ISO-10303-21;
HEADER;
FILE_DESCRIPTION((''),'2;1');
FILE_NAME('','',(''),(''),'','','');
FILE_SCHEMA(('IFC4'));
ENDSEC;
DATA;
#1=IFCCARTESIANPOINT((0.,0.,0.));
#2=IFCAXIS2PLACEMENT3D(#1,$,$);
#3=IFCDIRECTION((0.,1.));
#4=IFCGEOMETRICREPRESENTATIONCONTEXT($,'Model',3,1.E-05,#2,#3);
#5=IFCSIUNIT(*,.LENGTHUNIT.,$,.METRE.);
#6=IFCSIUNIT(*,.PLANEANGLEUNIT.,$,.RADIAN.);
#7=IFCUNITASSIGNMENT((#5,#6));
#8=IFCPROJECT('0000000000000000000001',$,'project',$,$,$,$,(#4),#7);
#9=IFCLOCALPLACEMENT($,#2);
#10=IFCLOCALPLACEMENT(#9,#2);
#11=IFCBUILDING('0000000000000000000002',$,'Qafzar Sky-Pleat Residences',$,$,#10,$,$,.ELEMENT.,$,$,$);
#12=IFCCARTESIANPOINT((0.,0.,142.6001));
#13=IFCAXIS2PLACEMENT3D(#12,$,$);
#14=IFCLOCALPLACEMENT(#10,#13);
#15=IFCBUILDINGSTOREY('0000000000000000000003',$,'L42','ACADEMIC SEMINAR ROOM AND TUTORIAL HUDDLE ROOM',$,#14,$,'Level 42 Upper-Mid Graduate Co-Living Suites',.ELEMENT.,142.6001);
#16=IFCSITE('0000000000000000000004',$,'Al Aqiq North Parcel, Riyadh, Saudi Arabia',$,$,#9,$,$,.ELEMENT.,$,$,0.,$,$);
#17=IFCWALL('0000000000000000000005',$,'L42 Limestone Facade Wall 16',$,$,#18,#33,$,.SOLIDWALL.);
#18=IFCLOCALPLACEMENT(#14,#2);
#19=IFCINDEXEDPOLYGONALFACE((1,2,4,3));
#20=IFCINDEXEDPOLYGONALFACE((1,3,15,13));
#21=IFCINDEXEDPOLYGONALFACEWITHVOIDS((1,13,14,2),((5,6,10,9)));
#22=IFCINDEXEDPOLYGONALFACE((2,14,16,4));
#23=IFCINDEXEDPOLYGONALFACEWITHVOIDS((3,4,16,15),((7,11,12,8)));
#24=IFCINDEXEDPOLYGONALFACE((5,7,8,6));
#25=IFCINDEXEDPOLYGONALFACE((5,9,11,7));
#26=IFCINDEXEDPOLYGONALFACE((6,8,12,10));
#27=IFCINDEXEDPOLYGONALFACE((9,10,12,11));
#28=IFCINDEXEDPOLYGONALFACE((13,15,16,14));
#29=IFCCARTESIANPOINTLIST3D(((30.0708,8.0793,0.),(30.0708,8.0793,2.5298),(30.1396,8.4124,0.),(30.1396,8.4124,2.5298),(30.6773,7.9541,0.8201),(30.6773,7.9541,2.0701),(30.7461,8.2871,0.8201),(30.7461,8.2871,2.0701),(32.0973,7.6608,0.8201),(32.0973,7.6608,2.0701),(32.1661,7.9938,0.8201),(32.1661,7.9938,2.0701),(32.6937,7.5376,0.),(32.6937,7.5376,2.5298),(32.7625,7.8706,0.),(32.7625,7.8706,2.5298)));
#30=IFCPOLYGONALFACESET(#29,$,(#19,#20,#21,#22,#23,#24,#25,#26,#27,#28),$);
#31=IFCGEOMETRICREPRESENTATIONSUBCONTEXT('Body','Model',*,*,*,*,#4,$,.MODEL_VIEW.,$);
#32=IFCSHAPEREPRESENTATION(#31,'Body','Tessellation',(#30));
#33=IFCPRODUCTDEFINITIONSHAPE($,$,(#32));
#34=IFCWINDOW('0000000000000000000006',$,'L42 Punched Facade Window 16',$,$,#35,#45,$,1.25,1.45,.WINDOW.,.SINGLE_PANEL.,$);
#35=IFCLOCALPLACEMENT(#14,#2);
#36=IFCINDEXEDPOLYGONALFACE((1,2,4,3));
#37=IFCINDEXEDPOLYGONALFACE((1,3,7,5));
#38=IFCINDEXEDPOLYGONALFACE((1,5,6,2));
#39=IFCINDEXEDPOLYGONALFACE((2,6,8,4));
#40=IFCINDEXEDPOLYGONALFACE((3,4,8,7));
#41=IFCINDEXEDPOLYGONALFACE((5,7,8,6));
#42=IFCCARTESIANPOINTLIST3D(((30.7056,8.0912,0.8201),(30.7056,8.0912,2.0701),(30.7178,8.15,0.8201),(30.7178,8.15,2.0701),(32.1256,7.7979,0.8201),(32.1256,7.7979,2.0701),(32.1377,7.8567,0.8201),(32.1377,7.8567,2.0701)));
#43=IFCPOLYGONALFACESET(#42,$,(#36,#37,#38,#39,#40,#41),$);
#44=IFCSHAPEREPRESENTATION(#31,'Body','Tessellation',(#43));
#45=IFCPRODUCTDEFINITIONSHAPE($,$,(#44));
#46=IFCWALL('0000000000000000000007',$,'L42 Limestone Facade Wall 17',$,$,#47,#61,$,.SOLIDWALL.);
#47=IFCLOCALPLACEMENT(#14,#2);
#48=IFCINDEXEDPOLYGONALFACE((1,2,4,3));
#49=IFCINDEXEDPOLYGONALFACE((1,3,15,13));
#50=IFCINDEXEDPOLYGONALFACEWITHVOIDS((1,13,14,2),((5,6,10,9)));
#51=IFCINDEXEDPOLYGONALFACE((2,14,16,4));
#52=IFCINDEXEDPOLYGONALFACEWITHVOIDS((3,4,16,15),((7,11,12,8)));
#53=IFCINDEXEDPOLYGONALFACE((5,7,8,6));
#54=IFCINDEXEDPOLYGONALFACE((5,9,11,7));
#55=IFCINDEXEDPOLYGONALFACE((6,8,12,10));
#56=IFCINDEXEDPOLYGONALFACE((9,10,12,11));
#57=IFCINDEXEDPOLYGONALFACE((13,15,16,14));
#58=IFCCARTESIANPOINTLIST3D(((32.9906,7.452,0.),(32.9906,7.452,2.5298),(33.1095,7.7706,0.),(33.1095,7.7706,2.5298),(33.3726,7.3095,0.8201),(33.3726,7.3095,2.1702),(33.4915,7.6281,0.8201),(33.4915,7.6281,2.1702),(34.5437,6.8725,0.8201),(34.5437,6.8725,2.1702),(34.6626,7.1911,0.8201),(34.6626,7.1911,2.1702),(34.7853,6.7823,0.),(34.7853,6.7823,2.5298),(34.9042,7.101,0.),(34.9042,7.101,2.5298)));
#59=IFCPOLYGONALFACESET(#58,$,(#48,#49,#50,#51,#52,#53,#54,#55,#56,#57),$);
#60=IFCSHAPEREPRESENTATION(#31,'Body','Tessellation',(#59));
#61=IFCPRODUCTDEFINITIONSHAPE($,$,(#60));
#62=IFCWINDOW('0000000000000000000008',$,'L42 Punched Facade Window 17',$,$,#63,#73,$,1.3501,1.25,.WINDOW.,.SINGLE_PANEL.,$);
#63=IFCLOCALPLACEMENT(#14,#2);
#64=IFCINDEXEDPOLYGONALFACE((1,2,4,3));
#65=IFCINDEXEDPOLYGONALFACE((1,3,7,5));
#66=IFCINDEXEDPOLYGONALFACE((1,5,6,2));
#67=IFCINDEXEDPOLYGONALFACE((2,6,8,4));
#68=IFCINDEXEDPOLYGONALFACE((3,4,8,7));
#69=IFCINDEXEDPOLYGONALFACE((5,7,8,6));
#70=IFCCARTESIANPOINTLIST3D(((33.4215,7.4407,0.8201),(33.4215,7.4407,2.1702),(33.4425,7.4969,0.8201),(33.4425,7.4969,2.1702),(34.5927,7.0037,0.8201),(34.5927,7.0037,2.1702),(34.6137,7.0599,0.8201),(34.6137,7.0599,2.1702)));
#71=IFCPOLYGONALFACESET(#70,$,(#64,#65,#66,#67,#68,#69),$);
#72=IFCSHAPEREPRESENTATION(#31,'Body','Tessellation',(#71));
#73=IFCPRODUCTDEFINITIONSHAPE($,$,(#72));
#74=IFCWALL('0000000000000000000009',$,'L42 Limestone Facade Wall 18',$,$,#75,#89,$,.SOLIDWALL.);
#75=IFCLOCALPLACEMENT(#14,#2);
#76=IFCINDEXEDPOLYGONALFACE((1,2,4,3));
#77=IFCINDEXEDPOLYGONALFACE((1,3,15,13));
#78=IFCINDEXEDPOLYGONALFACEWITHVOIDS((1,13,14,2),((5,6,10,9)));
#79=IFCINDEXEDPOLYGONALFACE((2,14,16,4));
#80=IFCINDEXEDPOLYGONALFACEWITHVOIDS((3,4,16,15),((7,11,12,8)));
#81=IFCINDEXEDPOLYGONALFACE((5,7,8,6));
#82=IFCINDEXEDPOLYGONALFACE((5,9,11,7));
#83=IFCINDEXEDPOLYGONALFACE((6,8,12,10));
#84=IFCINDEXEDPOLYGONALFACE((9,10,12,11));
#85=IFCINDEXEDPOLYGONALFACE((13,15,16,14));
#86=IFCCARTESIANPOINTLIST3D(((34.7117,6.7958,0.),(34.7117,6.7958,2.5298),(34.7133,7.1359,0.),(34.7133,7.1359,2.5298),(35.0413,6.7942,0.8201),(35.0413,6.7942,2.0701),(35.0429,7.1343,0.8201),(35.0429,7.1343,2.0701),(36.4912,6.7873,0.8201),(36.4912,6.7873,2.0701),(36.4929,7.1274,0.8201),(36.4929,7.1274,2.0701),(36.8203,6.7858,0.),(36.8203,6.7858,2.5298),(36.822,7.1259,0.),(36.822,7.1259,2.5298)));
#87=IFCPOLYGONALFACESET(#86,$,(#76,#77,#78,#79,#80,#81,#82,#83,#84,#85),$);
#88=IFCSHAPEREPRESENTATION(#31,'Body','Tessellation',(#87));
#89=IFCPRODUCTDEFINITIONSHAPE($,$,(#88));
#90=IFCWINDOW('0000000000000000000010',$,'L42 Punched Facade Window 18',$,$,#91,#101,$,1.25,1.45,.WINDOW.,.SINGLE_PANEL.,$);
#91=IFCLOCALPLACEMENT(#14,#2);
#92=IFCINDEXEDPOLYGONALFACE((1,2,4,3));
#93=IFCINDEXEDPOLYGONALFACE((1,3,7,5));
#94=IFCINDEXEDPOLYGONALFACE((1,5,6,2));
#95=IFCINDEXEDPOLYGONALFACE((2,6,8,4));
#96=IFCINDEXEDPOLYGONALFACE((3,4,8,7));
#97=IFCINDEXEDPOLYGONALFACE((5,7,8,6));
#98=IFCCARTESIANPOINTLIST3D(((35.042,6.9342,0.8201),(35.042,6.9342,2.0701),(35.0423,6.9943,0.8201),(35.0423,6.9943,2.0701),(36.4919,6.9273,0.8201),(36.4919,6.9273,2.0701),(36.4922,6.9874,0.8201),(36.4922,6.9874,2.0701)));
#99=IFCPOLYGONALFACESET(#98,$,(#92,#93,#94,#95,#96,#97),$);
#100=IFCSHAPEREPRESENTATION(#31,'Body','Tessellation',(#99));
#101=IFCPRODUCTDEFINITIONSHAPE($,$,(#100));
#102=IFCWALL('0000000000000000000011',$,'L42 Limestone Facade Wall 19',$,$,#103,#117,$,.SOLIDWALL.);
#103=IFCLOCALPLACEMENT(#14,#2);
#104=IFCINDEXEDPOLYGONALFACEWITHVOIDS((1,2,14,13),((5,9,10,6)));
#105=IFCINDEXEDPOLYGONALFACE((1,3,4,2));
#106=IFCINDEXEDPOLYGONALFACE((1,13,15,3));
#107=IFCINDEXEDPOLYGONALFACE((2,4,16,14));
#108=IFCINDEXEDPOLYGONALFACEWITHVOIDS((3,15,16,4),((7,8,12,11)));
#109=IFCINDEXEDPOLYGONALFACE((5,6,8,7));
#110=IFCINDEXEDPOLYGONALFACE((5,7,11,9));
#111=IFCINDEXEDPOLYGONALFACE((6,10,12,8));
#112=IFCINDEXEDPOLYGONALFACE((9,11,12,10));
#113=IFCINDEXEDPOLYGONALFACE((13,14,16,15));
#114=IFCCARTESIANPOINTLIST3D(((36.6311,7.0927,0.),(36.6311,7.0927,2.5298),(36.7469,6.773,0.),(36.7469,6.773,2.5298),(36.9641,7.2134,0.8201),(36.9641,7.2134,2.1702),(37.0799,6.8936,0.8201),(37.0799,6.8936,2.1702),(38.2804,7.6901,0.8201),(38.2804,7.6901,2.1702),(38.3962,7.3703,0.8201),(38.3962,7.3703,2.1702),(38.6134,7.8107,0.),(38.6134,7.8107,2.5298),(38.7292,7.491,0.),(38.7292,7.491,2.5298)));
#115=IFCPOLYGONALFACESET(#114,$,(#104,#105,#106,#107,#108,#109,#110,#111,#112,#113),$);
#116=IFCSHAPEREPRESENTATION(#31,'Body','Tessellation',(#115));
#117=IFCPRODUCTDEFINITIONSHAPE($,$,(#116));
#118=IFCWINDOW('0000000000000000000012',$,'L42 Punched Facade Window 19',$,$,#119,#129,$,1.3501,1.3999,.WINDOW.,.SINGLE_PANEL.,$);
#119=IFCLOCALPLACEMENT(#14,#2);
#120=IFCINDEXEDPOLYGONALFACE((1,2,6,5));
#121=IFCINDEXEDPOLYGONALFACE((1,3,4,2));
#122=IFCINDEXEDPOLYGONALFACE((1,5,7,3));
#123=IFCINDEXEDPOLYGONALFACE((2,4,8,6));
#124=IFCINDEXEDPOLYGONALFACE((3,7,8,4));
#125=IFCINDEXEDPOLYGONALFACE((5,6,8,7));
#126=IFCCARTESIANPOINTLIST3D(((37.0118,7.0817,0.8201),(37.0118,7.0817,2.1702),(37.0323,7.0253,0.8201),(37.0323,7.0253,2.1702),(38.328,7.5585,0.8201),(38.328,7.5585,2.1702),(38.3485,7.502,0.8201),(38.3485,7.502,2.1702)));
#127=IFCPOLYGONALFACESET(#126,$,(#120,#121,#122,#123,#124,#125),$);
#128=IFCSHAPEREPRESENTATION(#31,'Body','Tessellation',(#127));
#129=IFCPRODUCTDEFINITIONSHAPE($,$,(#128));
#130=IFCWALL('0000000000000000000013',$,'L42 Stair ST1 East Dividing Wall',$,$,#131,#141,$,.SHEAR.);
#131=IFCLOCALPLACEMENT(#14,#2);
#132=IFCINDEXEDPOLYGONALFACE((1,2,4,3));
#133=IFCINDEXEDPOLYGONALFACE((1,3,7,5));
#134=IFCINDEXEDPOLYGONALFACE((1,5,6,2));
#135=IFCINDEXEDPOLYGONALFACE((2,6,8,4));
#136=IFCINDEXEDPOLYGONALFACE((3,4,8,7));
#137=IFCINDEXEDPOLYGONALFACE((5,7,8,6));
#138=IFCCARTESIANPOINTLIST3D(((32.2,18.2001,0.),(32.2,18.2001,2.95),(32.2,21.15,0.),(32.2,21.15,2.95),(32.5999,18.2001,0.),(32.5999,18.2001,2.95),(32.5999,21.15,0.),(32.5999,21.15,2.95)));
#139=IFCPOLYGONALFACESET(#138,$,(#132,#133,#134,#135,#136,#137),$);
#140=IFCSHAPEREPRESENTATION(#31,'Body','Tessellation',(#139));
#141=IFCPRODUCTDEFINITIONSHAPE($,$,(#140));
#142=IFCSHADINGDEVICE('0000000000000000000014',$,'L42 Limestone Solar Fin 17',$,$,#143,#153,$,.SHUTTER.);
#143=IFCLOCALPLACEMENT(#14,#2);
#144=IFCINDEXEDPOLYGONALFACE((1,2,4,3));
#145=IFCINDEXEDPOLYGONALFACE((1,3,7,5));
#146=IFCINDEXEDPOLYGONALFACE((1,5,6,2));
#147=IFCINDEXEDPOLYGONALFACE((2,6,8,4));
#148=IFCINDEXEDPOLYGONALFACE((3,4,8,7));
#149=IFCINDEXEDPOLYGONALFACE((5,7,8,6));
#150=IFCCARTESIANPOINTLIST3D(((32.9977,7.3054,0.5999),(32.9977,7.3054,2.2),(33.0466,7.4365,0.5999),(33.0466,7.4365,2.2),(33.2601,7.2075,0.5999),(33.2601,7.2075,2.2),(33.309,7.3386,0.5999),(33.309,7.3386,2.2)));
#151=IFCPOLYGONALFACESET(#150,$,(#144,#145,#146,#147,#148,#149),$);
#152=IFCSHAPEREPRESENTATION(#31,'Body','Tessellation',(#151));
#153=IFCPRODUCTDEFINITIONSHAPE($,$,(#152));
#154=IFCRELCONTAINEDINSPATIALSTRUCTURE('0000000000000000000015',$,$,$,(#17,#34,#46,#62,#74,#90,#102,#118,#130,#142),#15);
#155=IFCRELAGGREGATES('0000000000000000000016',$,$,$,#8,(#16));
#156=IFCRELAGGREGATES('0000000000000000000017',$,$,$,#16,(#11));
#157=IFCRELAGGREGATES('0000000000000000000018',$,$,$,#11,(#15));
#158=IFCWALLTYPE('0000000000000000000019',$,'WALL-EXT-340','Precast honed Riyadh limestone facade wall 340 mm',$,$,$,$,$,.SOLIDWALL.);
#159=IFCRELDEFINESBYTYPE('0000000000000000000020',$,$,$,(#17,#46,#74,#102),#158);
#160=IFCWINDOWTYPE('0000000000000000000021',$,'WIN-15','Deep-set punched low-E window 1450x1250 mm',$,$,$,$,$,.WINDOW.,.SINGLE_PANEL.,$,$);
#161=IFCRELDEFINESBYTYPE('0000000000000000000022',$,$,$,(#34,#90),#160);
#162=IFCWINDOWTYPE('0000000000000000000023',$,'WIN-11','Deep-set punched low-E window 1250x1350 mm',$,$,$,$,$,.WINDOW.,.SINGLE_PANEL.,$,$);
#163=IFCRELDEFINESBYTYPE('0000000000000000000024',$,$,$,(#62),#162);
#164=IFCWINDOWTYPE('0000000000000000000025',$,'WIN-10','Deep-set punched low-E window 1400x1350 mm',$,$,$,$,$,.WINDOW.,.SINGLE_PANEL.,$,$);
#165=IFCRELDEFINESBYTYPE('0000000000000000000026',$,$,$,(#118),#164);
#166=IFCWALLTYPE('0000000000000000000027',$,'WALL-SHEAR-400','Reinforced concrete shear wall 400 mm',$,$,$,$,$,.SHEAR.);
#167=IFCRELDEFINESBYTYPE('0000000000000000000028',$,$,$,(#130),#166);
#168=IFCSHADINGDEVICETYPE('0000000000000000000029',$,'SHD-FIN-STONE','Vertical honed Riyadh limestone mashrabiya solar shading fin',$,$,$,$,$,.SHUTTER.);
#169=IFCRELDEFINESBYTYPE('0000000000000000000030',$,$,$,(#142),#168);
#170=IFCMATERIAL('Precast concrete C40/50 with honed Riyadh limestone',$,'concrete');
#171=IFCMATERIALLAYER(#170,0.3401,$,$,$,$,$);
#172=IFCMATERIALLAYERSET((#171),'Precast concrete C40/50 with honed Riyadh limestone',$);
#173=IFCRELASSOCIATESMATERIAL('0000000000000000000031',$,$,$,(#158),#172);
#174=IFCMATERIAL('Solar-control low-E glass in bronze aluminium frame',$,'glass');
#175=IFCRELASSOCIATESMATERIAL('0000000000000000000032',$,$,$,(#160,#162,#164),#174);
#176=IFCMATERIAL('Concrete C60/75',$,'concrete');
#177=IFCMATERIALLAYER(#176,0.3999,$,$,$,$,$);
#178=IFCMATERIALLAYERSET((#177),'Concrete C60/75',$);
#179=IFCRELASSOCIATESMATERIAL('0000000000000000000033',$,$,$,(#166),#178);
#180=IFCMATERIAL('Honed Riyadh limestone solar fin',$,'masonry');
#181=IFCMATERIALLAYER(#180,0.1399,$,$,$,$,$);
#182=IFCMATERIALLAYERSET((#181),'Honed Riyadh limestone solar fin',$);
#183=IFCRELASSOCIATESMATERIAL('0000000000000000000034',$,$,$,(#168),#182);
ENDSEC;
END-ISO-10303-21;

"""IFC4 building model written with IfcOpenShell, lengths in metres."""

from ifc_helpers import new_model, si_unit, direction, frame, frame_2d, origin, origin_2d, place, context, subcontext, project, spatial, rectangle, extrude, source, transform, mapped, material, layer, layer_set, type_object, element, fill, save


model = new_model("IFC4")

# Units and contexts
model_context = context("Model", 3, precision=1e-05, world=origin(), true_north=direction((0.0, 1.0)))
body_context = subcontext(model_context, "Body", "Model", "MODEL_VIEW")
ifc_project = project(units=[si_unit("LENGTHUNIT", "METRE"), si_unit("PLANEANGLEUNIT", "RADIAN")], contexts=[model_context])

# Site, building, storey
site_placement = place(None, origin())
site = spatial("IfcSite", under=ifc_project, at=site_placement, Name="Al Aqiq North Parcel, Riyadh, Saudi Arabia", CompositionType="ELEMENT", RefElevation=0.0)
building_placement = place(site_placement, origin())
building = spatial("IfcBuilding", under=site, at=building_placement, Name="Qafzar Sky-Pleat Residences", CompositionType="ELEMENT")
storey_placement = place(building_placement, frame((0.0, 0.0, 142.6001)))
storey = spatial("IfcBuildingStorey", under=building, at=storey_placement, Name="L42", Description="ACADEMIC SEMINAR ROOM AND TUTORIAL HUDDLE ROOM", LongName="Level 42 Upper-Mid Graduate Co-Living Suites", CompositionType="ELEMENT", Elevation=142.6001)

# Shared definitions
ifc_material_1 = material(Name="Concrete C60/75", Category="concrete")

# Walls, openings, windows
ifc_material_2 = material(Name="Precast concrete C40/50 with honed Riyadh limestone", Category="concrete")
ifc_layer_1 = layer(ifc_material_2, 0.3401)
ifc_layer_set_1 = layer_set([ifc_layer_1], Name="Precast concrete C40/50 with honed Riyadh limestone")
wall_type_1 = type_object("IfcWallType", Name="WALL-EXT-340", Description="Precast honed Riyadh limestone facade wall 340 mm", PredefinedType="SOLIDWALL", material=ifc_layer_set_1)
ifc_material_3 = material(Name="Solar-control low-E glass in bronze aluminium frame", Category="glass")
wall_1_placement = place(storey_placement, frame((30.1052, 8.2458, 0.0), z_axis=(0.0, 0.0, 1.0), x_axis=(0.979327, -0.202283, 0.0)))
wall_1 = element("IfcWall", 1, at=wall_1_placement, inside=storey, type_object=wall_type_1, Name="L42 Limestone Facade Wall 16", PredefinedType="SOLIDWALL", context=body_context, shape_type="SweptSolid", body=[
    extrude(rectangle(XDim=2.6782, YDim=0.3401, at=frame_2d((1.3391, 0.0))), origin(), (0.0, 0.0, 1.0), 2.5298),
])
opening_1_placement = place(wall_1_placement, frame((0.6191, 0.0, 0.8201)))
opening_1 = element("IfcOpeningElement", 2, at=opening_1_placement, cuts=wall_1, PredefinedType="OPENING", context=body_context, shape_type="SweptSolid", body=[
    extrude(rectangle(XDim=1.45, YDim=1.25, at=frame_2d((0.7251, 0.625))), frame((0.0, 0.1802, 0.0), z_axis=(0.0, -1.0, 0.0), x_axis=(1.0, 0.0, 0.0)), (0.0, 0.0, 1.0), 0.3601),
])
window_type_1 = type_object("IfcWindowType", Name="WIN-15", Description="Deep-set punched low-E window 1450x1250 mm", PartitioningType="SINGLE_PANEL", PredefinedType="WINDOW", material=ifc_material_3)
shared_shape_1 = source(origin(), body_context, "Body", "SweptSolid", [
    extrude(rectangle(XDim=1.45, YDim=1.25, at=frame_2d((0.7251, 0.625))), frame((0.0, 0.03, 0.0), z_axis=(0.0, -1.0, 0.0), x_axis=(1.0, 0.0, 0.0)), (0.0, 0.0, 1.0), 0.0601),
])
window_1_placement = place(opening_1_placement, origin())
window_1 = element("IfcWindow", 3, at=window_1_placement, inside=storey, type_object=window_type_1, Name="L42 Punched Facade Window 16", OverallHeight=1.25, OverallWidth=1.45, PartitioningType="SINGLE_PANEL", PredefinedType="WINDOW", context=body_context, shape_type="MappedRepresentation", body=[
    mapped(shared_shape_1, transform((0.0, 0.0, 0.0), x_axis=(1.0, 0.0, 0.0), y_axis=(0.0, 1.0, 0.0), z_axis=(0.0, 0.0, 1.0), scale=1.0)),
])
fill(opening_1, window_1)
wall_2_placement = place(storey_placement, frame((33.05, 7.6113, 0.0), z_axis=(0.0, 0.0, 1.0), x_axis=(0.936899, -0.349601, 0.0)))
wall_2 = element("IfcWall", 4, at=wall_2_placement, inside=storey, type_object=wall_type_1, Name="L42 Limestone Facade Wall 17", PredefinedType="SOLIDWALL", context=body_context, shape_type="SweptSolid", body=[
    extrude(rectangle(XDim=1.9155, YDim=0.3401, at=frame_2d((0.9578, 0.0))), origin(), (0.0, 0.0, 1.0), 2.5298),
])
opening_2_placement = place(wall_2_placement, frame((0.4077, 0.0, 0.8201)))
opening_2 = element("IfcOpeningElement", 5, at=opening_2_placement, cuts=wall_2, PredefinedType="OPENING", context=body_context, shape_type="SweptSolid", body=[
    extrude(rectangle(XDim=1.25, YDim=1.3501, at=frame_2d((0.625, 0.675))), frame((0.0, 0.1802, 0.0), z_axis=(0.0, -1.0, 0.0), x_axis=(1.0, 0.0, 0.0)), (0.0, 0.0, 1.0), 0.3601),
])
window_type_2 = type_object("IfcWindowType", Name="WIN-11", Description="Deep-set punched low-E window 1250x1350 mm", PartitioningType="SINGLE_PANEL", PredefinedType="WINDOW", material=ifc_material_3)
shared_shape_2 = source(origin(), body_context, "Body", "SweptSolid", [
    extrude(rectangle(XDim=1.25, YDim=1.3501, at=frame_2d((0.625, 0.675))), frame((0.0, 0.03, 0.0), z_axis=(0.0, -1.0, 0.0), x_axis=(1.0, 0.0, 0.0)), (0.0, 0.0, 1.0), 0.0601),
])
window_2_placement = place(opening_2_placement, origin())
window_2 = element("IfcWindow", 6, at=window_2_placement, inside=storey, type_object=window_type_2, Name="L42 Punched Facade Window 17", OverallHeight=1.3501, OverallWidth=1.25, PartitioningType="SINGLE_PANEL", PredefinedType="WINDOW", context=body_context, shape_type="MappedRepresentation", body=[
    mapped(shared_shape_2, transform((0.0, 0.0, 0.0), x_axis=(1.0, 0.0, 0.0), y_axis=(0.0, 1.0, 0.0), z_axis=(0.0, 0.0, 1.0), scale=1.0)),
])
fill(opening_2, window_2)
wall_3_placement = place(storey_placement, frame((34.7126, 6.9658, 0.0), z_axis=(0.0, 0.0, 1.0), x_axis=(0.999989, -0.004747, 0.0)))
wall_3 = element("IfcWall", 7, at=wall_3_placement, inside=storey, type_object=wall_type_1, Name="L42 Limestone Facade Wall 18", PredefinedType="SOLIDWALL", context=body_context, shape_type="SweptSolid", body=[
    extrude(rectangle(XDim=2.1086, YDim=0.3401, at=frame_2d((1.0542, 0.0))), origin(), (0.0, 0.0, 1.0), 2.5298),
])
opening_3_placement = place(wall_3_placement, frame((0.3293, 0.0, 0.8201)))
opening_3 = element("IfcOpeningElement", 8, at=opening_3_placement, cuts=wall_3, PredefinedType="OPENING", context=body_context, shape_type="SweptSolid", body=[
    extrude(rectangle(XDim=1.45, YDim=1.25, at=frame_2d((0.7251, 0.625))), frame((0.0, 0.1802, 0.0), z_axis=(0.0, -1.0, 0.0), x_axis=(1.0, 0.0, 0.0)), (0.0, 0.0, 1.0), 0.3601),
])
window_3_placement = place(opening_3_placement, origin())
window_3 = element("IfcWindow", 9, at=window_3_placement, inside=storey, type_object=window_type_1, Name="L42 Punched Facade Window 18", OverallHeight=1.25, OverallWidth=1.45, PartitioningType="SINGLE_PANEL", PredefinedType="WINDOW", context=body_context, shape_type="MappedRepresentation", body=[
    mapped(shared_shape_1, transform((0.0, 0.0, 0.0), x_axis=(1.0, 0.0, 0.0), y_axis=(0.0, 1.0, 0.0), z_axis=(0.0, 0.0, 1.0), scale=1.0)),
])
fill(opening_3, window_3)
wall_4_placement = place(storey_placement, frame((36.689, 6.9329, 0.0), z_axis=(0.0, 0.0, 1.0), x_axis=(0.940229, 0.340543, 0.0)))
wall_4 = element("IfcWall", 10, at=wall_4_placement, inside=storey, type_object=wall_type_1, Name="L42 Limestone Facade Wall 19", PredefinedType="SOLIDWALL", context=body_context, shape_type="SweptSolid", body=[
    extrude(rectangle(XDim=2.1084, YDim=0.3401, at=frame_2d((1.0542, 0.0))), origin(), (0.0, 0.0, 1.0), 2.5298),
])
opening_4_placement = place(wall_4_placement, frame((0.3542, 0.0, 0.8201)))
opening_4 = element("IfcOpeningElement", 11, at=opening_4_placement, cuts=wall_4, PredefinedType="OPENING", context=body_context, shape_type="SweptSolid", body=[
    extrude(rectangle(XDim=1.3999, YDim=1.3501, at=frame_2d((0.7, 0.675))), frame((0.0, 0.1802, 0.0), z_axis=(0.0, -1.0, 0.0), x_axis=(1.0, 0.0, 0.0)), (0.0, 0.0, 1.0), 0.3601),
])
window_type_3 = type_object("IfcWindowType", Name="WIN-10", Description="Deep-set punched low-E window 1400x1350 mm", PartitioningType="SINGLE_PANEL", PredefinedType="WINDOW", material=ifc_material_3)
shared_shape_3 = source(origin(), body_context, "Body", "SweptSolid", [
    extrude(rectangle(XDim=1.3999, YDim=1.3501, at=frame_2d((0.7, 0.675))), frame((0.0, 0.03, 0.0), z_axis=(0.0, -1.0, 0.0), x_axis=(1.0, 0.0, 0.0)), (0.0, 0.0, 1.0), 0.0601),
])
window_4_placement = place(opening_4_placement, origin())
window_4 = element("IfcWindow", 12, at=window_4_placement, inside=storey, type_object=window_type_3, Name="L42 Punched Facade Window 19", OverallHeight=1.3501, OverallWidth=1.3999, PartitioningType="SINGLE_PANEL", PredefinedType="WINDOW", context=body_context, shape_type="MappedRepresentation", body=[
    mapped(shared_shape_3, transform((0.0, 0.0, 0.0), x_axis=(1.0, 0.0, 0.0), y_axis=(0.0, 1.0, 0.0), z_axis=(0.0, 0.0, 1.0), scale=1.0)),
])
fill(opening_4, window_4)

# Wall
ifc_layer_2 = layer(ifc_material_1, 0.3999)
ifc_layer_set_2 = layer_set([ifc_layer_2], Name="Concrete C60/75")
wall_type_2 = type_object("IfcWallType", Name="WALL-SHEAR-400", Description="Reinforced concrete shear wall 400 mm", PredefinedType="SHEAR", material=ifc_layer_set_2)
wall_5_placement = place(storey_placement, frame((32.3999, 18.2, 0.0), z_axis=(0.0, 0.0, 1.0), x_axis=(0.0, 1.0, 0.0)))
element("IfcWall", 13, at=wall_5_placement, inside=storey, type_object=wall_type_2, Name="L42 Stair ST1 East Dividing Wall", PredefinedType="SHEAR", context=body_context, shape_type="SweptSolid", body=[
    extrude(rectangle(XDim=2.95, YDim=0.3999, at=frame_2d((1.4751, 0.0))), origin(), (0.0, 0.0, 1.0), 2.95),
])

# Shading device
ifc_material_4 = material(Name="Honed Riyadh limestone solar fin", Category="masonry")
ifc_layer_3 = layer(ifc_material_4, 0.1399)
ifc_layer_set_3 = layer_set([ifc_layer_3], Name="Honed Riyadh limestone solar fin")
shading_device_type = type_object("IfcShadingDeviceType", Name="SHD-FIN-STONE", Description="Vertical honed Riyadh limestone mashrabiya solar shading fin", PredefinedType="SHUTTER", material=ifc_layer_set_3)
shared_shape_4 = source(origin(), body_context, "Body", "SweptSolid", [
    extrude(rectangle(XDim=0.1399, YDim=0.28, at=origin_2d()), origin(), (0.0, 0.0, 1.0), 1.6001),
])
shading_device_placement = place(storey_placement, frame((33.1533, 7.322, 0.5999), z_axis=(0.0, 0.0, 1.0), x_axis=(-0.349549, -0.936918, 0.0)))
element("IfcShadingDevice", 14, at=shading_device_placement, inside=storey, type_object=shading_device_type, Name="L42 Limestone Solar Fin 17", PredefinedType="SHUTTER", context=body_context, shape_type="MappedRepresentation", body=[
    mapped(shared_shape_4, transform((0.0, 0.0, 0.0), x_axis=(1.0, 0.0, 0.0), y_axis=(0.0, 1.0, 0.0), z_axis=(0.0, 0.0, 1.0), scale=1.0)),
])

save(model, "model.ifc")
